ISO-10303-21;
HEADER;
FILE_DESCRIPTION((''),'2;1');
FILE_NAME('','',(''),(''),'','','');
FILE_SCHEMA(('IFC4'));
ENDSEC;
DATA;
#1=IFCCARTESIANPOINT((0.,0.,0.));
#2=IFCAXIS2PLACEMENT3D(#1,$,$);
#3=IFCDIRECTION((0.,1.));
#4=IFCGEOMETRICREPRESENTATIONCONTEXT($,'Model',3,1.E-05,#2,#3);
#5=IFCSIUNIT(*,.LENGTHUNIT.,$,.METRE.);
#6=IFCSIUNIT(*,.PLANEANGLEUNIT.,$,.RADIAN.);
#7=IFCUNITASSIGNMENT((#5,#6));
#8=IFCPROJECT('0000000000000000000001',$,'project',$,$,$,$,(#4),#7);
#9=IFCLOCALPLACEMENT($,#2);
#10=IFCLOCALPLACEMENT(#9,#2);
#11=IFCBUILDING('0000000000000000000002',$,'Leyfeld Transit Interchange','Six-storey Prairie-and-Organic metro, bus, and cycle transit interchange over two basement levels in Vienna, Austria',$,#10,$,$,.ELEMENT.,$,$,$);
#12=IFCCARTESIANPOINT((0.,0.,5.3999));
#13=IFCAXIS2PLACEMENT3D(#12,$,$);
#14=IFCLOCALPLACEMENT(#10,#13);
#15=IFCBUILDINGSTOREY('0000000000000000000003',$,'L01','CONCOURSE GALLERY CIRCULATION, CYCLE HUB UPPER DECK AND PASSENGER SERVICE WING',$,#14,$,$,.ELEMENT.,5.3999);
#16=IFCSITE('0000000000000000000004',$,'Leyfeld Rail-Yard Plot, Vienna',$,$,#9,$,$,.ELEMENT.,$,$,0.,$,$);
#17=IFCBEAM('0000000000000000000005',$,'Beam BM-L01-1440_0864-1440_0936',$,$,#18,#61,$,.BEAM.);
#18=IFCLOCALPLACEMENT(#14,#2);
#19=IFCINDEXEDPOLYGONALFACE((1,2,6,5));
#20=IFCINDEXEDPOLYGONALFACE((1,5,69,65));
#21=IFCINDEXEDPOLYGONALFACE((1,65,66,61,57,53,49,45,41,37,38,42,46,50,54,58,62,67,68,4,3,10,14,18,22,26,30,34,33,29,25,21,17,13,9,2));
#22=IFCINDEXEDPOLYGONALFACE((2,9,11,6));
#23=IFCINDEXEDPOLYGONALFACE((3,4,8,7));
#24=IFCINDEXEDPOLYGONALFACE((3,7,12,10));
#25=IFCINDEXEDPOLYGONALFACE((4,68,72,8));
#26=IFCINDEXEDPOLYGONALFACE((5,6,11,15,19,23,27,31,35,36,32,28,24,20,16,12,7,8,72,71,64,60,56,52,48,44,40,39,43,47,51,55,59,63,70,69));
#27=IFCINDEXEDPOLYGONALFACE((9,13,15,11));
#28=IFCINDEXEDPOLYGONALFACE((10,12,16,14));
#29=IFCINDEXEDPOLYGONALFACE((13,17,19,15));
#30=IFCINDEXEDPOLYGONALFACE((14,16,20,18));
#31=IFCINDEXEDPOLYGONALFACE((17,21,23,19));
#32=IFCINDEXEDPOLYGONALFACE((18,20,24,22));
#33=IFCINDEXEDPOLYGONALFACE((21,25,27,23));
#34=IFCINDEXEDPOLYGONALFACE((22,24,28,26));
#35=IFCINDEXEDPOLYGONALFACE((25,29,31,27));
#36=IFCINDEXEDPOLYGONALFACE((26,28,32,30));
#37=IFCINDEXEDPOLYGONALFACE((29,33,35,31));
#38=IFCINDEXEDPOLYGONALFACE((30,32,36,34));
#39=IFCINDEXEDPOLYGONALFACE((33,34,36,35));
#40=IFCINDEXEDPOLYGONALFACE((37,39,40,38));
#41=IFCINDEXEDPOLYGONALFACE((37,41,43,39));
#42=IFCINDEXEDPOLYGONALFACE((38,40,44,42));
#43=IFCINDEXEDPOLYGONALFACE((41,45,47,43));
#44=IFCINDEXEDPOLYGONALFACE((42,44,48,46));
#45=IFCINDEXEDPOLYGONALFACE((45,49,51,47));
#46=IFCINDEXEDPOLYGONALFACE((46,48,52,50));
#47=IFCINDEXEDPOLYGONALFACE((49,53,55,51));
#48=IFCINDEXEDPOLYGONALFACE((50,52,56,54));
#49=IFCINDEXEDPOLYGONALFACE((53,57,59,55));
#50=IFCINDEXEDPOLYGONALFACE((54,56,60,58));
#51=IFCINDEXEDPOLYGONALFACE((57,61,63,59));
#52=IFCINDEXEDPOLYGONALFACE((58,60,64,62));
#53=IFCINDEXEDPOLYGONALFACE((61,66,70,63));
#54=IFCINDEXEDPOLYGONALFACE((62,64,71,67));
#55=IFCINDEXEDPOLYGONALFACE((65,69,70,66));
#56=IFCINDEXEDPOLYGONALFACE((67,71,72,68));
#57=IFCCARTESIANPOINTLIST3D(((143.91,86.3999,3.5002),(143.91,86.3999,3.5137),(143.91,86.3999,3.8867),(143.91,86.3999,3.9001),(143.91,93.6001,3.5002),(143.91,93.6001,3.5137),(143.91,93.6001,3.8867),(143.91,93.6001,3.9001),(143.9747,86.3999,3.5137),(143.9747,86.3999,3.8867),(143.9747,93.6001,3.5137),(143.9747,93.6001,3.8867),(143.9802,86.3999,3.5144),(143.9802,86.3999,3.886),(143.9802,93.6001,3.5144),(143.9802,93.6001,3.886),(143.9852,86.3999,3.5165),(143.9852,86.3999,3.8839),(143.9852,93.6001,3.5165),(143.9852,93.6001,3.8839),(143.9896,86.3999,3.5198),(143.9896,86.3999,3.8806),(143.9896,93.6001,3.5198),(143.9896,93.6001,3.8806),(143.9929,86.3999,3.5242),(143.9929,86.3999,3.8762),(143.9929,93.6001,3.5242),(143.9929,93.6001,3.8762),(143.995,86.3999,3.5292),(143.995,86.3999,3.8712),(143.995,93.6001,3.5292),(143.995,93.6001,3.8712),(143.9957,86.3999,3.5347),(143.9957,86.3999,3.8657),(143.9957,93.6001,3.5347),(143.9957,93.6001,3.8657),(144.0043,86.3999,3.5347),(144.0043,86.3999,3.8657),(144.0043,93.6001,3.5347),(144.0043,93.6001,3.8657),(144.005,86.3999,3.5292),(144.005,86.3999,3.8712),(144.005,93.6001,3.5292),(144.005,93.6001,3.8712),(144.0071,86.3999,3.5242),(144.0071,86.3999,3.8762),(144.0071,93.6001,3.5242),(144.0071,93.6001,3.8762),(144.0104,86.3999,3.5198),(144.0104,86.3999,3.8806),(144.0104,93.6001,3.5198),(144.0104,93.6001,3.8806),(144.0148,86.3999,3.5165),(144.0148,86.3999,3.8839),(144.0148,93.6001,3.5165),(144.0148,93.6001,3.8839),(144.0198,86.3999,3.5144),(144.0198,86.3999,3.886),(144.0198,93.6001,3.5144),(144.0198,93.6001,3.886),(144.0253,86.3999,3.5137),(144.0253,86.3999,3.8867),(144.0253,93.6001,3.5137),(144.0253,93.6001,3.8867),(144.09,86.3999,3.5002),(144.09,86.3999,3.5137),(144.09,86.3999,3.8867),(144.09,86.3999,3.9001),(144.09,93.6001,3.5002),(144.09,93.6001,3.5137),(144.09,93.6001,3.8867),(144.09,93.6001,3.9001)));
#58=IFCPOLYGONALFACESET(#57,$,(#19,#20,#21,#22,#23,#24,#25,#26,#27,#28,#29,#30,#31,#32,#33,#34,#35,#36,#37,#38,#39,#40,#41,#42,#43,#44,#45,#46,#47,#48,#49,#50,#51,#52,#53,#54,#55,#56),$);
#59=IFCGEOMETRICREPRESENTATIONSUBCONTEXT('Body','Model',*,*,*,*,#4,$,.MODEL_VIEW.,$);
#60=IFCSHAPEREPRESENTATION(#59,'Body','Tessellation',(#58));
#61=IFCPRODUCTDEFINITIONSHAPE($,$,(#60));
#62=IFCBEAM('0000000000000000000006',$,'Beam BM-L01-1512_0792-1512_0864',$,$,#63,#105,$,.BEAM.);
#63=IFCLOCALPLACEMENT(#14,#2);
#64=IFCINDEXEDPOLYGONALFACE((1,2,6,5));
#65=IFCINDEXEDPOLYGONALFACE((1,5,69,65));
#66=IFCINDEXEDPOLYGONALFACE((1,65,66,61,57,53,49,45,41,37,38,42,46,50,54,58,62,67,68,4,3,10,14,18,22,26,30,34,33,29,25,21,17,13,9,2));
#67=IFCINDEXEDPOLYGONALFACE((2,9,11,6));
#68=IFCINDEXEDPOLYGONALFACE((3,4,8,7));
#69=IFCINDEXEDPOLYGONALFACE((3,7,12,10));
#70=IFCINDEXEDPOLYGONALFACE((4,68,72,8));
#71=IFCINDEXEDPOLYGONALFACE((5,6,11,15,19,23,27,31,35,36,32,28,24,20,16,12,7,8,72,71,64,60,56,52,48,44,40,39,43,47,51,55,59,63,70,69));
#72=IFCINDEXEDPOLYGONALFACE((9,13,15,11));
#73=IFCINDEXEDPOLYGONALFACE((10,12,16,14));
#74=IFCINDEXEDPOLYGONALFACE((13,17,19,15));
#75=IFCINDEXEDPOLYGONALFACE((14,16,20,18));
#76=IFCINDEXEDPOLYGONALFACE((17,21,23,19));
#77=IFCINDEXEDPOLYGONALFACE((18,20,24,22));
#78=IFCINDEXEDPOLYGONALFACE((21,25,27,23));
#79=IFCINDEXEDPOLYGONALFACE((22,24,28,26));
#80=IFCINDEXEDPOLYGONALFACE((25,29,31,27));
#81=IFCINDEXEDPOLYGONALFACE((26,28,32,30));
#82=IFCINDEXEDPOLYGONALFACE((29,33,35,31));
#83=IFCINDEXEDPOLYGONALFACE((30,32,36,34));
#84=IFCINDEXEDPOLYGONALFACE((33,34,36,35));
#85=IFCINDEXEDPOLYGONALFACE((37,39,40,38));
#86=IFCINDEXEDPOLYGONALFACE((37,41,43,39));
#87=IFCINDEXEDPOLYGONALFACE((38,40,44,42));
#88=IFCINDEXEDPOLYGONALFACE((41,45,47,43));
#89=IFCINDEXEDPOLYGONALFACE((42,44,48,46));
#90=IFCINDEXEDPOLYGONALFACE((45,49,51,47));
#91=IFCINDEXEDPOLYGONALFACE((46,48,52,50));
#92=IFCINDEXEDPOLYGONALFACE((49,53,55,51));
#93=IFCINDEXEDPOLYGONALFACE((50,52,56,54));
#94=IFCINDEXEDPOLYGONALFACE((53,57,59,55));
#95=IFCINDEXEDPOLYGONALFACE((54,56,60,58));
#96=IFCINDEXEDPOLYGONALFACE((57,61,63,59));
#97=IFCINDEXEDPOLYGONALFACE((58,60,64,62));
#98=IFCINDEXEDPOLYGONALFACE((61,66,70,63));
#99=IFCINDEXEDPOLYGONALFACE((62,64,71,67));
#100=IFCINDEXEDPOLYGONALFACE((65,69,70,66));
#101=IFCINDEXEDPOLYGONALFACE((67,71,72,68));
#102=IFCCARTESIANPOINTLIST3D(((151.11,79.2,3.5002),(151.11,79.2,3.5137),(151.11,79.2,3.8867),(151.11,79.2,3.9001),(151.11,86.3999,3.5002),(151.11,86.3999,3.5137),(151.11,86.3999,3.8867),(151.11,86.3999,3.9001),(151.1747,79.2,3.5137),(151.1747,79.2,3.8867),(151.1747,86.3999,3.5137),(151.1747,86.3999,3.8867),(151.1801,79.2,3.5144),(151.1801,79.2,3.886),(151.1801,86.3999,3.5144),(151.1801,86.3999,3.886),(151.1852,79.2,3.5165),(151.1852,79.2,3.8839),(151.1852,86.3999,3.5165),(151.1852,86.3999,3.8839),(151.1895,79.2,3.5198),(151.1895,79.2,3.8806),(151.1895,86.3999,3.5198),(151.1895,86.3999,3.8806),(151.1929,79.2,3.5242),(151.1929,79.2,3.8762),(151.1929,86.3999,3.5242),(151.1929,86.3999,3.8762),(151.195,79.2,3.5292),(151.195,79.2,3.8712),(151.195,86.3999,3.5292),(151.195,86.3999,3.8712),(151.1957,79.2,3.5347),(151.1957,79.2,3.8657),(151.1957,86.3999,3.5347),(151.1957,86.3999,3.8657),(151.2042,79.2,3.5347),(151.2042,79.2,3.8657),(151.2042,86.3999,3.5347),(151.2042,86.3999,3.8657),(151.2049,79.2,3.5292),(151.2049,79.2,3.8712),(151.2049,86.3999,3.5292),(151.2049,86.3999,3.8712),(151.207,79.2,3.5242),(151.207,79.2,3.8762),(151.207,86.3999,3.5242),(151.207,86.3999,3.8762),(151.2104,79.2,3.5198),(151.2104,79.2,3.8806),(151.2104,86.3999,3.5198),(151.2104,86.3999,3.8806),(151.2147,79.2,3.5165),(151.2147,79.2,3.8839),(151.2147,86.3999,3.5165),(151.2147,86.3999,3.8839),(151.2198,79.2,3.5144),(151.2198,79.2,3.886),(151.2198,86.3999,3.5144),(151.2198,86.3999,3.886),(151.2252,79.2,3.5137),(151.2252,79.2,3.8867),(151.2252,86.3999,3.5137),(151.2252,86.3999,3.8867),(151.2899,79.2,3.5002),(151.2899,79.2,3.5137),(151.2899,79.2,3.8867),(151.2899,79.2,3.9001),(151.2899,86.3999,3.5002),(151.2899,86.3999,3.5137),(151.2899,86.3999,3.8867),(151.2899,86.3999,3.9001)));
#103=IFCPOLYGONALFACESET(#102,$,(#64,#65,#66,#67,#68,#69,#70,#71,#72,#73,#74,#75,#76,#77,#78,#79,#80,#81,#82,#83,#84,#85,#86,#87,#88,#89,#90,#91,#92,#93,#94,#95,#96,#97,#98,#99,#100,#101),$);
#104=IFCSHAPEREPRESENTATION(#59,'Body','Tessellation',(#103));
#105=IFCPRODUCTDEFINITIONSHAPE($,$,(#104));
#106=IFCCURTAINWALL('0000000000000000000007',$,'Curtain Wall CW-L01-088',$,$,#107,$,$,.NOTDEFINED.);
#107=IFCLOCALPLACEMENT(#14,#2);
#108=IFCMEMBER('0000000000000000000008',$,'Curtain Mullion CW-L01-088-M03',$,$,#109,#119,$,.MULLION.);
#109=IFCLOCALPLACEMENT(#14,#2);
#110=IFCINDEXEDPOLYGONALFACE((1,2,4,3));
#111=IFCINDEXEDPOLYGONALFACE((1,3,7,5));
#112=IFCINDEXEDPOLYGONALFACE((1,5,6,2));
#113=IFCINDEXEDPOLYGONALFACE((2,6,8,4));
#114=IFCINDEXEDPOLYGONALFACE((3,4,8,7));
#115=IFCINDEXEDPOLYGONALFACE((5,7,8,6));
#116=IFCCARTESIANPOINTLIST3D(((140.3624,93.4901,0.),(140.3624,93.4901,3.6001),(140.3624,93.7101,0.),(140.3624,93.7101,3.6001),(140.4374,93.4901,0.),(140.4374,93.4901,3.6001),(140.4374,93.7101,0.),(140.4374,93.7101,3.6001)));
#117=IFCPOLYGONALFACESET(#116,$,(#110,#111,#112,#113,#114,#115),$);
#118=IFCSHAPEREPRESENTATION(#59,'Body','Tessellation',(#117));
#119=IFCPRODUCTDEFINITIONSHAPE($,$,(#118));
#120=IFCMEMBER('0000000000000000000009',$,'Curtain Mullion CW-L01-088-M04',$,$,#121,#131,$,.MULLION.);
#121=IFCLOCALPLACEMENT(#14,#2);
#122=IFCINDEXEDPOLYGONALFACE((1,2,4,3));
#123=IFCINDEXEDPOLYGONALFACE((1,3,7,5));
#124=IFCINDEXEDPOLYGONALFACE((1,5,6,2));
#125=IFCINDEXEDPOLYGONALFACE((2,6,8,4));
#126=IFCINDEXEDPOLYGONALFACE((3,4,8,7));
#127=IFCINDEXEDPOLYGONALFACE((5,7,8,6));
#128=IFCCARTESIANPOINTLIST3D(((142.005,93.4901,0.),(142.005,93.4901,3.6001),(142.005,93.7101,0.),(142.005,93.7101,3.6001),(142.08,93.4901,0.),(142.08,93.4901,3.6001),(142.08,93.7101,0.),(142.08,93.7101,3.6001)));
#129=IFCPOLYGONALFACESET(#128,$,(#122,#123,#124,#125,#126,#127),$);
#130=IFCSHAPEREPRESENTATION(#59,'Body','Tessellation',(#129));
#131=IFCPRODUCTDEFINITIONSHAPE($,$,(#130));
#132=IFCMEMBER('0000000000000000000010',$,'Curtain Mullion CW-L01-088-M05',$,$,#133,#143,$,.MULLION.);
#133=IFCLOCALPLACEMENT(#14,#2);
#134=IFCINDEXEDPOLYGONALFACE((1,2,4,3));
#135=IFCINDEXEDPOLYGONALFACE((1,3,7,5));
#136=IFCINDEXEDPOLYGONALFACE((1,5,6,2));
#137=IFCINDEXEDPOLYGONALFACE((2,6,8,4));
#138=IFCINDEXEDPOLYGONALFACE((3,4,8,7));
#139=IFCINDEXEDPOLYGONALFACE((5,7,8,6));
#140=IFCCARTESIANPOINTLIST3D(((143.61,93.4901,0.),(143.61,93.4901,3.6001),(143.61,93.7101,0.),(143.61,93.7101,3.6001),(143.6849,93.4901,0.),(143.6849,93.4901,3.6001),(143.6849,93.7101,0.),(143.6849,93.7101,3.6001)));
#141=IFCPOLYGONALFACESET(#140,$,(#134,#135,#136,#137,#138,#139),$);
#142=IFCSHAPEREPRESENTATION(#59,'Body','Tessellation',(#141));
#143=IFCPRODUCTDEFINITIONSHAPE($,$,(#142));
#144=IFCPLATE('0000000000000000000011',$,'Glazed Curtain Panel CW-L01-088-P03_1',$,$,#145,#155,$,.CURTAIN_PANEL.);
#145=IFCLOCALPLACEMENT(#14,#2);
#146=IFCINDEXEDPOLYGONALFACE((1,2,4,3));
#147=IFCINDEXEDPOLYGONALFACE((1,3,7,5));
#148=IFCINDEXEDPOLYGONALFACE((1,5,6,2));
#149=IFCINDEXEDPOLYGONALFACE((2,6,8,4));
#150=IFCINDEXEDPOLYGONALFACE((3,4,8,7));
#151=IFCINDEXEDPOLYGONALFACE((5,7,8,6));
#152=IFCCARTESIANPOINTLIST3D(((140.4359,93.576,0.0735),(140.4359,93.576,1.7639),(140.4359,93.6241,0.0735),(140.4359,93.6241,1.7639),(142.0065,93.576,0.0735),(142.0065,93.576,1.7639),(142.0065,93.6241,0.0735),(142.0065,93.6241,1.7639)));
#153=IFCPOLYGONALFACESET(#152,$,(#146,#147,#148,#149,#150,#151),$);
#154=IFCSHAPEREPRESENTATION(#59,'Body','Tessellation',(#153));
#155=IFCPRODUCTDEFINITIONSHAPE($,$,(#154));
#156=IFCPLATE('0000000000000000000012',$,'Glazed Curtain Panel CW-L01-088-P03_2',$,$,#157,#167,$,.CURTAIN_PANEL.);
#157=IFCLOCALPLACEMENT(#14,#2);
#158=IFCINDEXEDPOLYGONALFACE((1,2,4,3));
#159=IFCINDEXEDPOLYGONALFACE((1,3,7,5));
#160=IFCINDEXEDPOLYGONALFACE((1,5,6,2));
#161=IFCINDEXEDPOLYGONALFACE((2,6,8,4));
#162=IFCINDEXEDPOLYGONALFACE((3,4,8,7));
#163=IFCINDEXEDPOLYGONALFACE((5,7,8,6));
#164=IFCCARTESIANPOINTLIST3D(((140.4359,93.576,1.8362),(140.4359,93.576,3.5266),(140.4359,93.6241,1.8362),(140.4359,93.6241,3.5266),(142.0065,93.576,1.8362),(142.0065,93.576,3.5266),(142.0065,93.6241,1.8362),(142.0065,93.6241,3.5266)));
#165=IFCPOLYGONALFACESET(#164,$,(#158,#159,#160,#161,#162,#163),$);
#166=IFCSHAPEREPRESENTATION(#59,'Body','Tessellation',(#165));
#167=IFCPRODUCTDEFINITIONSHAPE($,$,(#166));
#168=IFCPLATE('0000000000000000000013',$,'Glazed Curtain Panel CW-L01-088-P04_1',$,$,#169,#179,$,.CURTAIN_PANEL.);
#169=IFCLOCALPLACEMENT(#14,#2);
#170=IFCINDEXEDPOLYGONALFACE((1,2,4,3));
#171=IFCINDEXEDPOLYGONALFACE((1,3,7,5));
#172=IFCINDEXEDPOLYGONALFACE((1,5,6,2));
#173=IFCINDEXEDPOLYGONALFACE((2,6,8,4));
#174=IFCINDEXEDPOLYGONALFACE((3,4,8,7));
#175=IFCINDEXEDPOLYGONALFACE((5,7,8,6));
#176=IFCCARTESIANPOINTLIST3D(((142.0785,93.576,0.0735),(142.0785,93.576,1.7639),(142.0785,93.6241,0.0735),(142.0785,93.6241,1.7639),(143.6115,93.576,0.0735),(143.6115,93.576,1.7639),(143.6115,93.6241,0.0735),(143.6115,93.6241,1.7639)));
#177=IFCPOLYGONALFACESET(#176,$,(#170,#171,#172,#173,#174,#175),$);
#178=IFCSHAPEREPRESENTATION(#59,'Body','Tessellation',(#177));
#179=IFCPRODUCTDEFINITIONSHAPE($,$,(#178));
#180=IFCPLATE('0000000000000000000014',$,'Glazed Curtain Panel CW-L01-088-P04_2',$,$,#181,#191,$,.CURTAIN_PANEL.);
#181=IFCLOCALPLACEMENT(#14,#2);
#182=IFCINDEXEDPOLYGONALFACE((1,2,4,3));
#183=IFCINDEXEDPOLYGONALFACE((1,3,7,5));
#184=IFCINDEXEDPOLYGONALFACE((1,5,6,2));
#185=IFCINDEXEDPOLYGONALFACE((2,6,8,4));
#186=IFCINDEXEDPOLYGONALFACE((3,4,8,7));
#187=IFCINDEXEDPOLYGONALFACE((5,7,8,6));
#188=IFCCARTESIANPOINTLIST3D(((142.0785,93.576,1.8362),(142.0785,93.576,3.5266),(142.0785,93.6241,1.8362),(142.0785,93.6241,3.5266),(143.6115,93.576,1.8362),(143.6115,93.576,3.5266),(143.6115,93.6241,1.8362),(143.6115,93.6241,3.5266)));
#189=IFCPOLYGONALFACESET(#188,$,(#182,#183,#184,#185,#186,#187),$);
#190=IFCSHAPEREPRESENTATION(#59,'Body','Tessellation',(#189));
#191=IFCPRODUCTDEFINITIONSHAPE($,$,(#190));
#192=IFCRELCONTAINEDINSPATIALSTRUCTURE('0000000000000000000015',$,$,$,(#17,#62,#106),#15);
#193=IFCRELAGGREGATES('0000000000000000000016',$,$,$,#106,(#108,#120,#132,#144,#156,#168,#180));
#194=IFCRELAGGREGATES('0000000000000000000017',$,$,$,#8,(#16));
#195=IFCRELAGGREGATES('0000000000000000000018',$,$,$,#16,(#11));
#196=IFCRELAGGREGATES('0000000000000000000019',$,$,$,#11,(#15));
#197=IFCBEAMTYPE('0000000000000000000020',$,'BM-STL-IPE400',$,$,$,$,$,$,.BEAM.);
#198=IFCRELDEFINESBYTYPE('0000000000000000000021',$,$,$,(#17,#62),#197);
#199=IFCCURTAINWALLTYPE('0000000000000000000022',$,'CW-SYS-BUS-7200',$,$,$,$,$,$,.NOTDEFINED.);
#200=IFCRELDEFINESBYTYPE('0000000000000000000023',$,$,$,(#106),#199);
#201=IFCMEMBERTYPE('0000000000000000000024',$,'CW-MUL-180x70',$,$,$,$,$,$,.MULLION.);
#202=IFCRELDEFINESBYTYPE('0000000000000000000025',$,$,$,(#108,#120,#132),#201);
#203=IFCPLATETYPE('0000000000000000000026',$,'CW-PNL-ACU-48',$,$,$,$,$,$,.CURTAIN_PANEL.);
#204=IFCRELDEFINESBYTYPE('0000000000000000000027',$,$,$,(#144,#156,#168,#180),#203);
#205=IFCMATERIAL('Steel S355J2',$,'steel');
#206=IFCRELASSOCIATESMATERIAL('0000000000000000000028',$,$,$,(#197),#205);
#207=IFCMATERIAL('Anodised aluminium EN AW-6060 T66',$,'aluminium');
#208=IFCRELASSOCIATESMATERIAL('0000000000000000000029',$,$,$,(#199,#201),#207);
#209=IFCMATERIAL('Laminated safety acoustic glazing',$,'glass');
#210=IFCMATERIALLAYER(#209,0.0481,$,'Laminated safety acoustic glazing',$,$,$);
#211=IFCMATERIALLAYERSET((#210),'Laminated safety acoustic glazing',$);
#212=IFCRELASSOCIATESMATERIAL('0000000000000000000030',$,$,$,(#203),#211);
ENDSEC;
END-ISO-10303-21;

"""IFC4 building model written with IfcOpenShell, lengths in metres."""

from ifc_helpers import new_model, si_unit, direction, frame, origin, origin_2d, place, context, subcontext, project, spatial, rectangle, i_section, extrude, material, layer, layer_set, material_profile, profile_set, type_object, element, aggregate, save


model = new_model("IFC4")

# Units and contexts
model_context = context("Model", 3, precision=1e-05, world=origin(), true_north=direction((0.0, 1.0)))
body_context = subcontext(model_context, "Body", "Model", "MODEL_VIEW")
ifc_project = project(units=[si_unit("LENGTHUNIT", "METRE"), si_unit("PLANEANGLEUNIT", "RADIAN")], contexts=[model_context])

# Site, building, storey
site_placement = place(None, origin())
site = spatial("IfcSite", under=ifc_project, at=site_placement, Name="Leyfeld Rail-Yard Plot, Vienna", CompositionType="ELEMENT", RefElevation=0.0)
building_placement = place(site_placement, origin())
building = spatial("IfcBuilding", under=site, at=building_placement, Name="Leyfeld Transit Interchange", Description="Six-storey Prairie-and-Organic metro, bus, and cycle transit interchange over two basement levels in Vienna, Austria", CompositionType="ELEMENT")
storey_placement = place(building_placement, frame((0.0, 0.0, 5.3999)))
storey = spatial("IfcBuildingStorey", under=building, at=storey_placement, Name="L01", Description="CONCOURSE GALLERY CIRCULATION, CYCLE HUB UPPER DECK AND PASSENGER SERVICE WING", CompositionType="ELEMENT", Elevation=5.3999)

# Beams
ifc_material_1 = material(Name="Steel S355J2", Category="steel")
ifc_material_profile_1 = material_profile(ifc_material_1, i_section(OverallWidth=0.1799, OverallDepth=0.3999, WebThickness=0.0085, FlangeThickness=0.0134, FilletRadius=0.021, at=origin_2d()), Name="IPE 400")
ifc_profile_set_1 = profile_set([ifc_material_profile_1], Name="Steel S355J2")
beam_type_1 = type_object("IfcBeamType", Name="BM-STL-IPE400", PredefinedType="BEAM", material=ifc_profile_set_1)
beam_1_placement = place(storey_placement, frame((144.0, 86.3999, 3.7002), z_axis=(0.0, 1.0, 0.0), x_axis=(-1.0, 0.0, 0.0)))
element("IfcBeam", 1, at=beam_1_placement, inside=storey, type_object=beam_type_1, Name="Beam BM-L01-1440_0864-1440_0936", PredefinedType="BEAM", context=body_context, shape_type="SweptSolid", body=[
    extrude(i_section(OverallWidth=0.1799, OverallDepth=0.3999, WebThickness=0.0085, FlangeThickness=0.0134, FilletRadius=0.021, at=origin_2d()), origin(), (0.0, 0.0, 1.0), 7.2002),
])
beam_2_placement = place(storey_placement, frame((151.2, 79.2, 3.7002), z_axis=(0.0, 1.0, 0.0), x_axis=(-1.0, 0.0, 0.0)))
element("IfcBeam", 2, at=beam_2_placement, inside=storey, type_object=beam_type_1, Name="Beam BM-L01-1512_0792-1512_0864", PredefinedType="BEAM", context=body_context, shape_type="SweptSolid", body=[
    extrude(i_section(OverallWidth=0.1799, OverallDepth=0.3999, WebThickness=0.0085, FlangeThickness=0.0134, FilletRadius=0.021, at=origin_2d()), origin(), (0.0, 0.0, 1.0), 7.2),
])

# Curtain wall, members, plates
ifc_material_2 = material(Name="Anodised aluminium EN AW-6060 T66", Category="aluminium")
curtain_wall_type = type_object("IfcCurtainWallType", Name="CW-SYS-BUS-7200", PredefinedType="NOTDEFINED", material=ifc_material_2)
curtain_wall_placement = place(storey_placement, origin())
curtain_wall = element("IfcCurtainWall", 3, at=curtain_wall_placement, inside=storey, type_object=curtain_wall_type, Name="Curtain Wall CW-L01-088", PredefinedType="NOTDEFINED")
ifc_material_profile_2 = material_profile(ifc_material_2, rectangle(XDim=0.075, YDim=0.22, at=origin_2d()), Name="CW-M 75x220")
ifc_profile_set_2 = profile_set([ifc_material_profile_2], Name="Anodised aluminium EN AW-6060 T66")
member_type = type_object("IfcMemberType", Name="CW-MUL-180x70", PredefinedType="MULLION", material=ifc_profile_set_2)
member_1_placement = place(storey_placement, frame((140.3999, 93.6001, 0.0), z_axis=(0.0, 0.0, 1.0), x_axis=(1.0, 0.0, 0.0)))
member_1 = element("IfcMember", 4, at=member_1_placement, type_object=member_type, Name="Curtain Mullion CW-L01-088-M03", PredefinedType="MULLION", context=body_context, shape_type="SweptSolid", body=[
    extrude(rectangle(XDim=0.075, YDim=0.22, at=origin_2d()), origin(), (0.0, 0.0, 1.0), 3.6001),
])
member_2_placement = place(storey_placement, frame((142.0425, 93.6001, 0.0), z_axis=(0.0, 0.0, 1.0), x_axis=(1.0, 0.0, 0.0)))
member_2 = element("IfcMember", 5, at=member_2_placement, type_object=member_type, Name="Curtain Mullion CW-L01-088-M04", PredefinedType="MULLION", context=body_context, shape_type="SweptSolid", body=[
    extrude(rectangle(XDim=0.075, YDim=0.22, at=origin_2d()), origin(), (0.0, 0.0, 1.0), 3.6001),
])
member_3_placement = place(storey_placement, frame((143.6475, 93.6001, 0.0), z_axis=(0.0, 0.0, 1.0), x_axis=(1.0, 0.0, 0.0)))
member_3 = element("IfcMember", 6, at=member_3_placement, type_object=member_type, Name="Curtain Mullion CW-L01-088-M05", PredefinedType="MULLION", context=body_context, shape_type="SweptSolid", body=[
    extrude(rectangle(XDim=0.075, YDim=0.22, at=origin_2d()), origin(), (0.0, 0.0, 1.0), 3.6001),
])
ifc_material_3 = material(Name="Laminated safety acoustic glazing", Category="glass")
ifc_layer_1 = layer(ifc_material_3, 0.0481, Name="Laminated safety acoustic glazing")
ifc_layer_set_1 = layer_set([ifc_layer_1], Name="Laminated safety acoustic glazing")
plate_type = type_object("IfcPlateType", Name="CW-PNL-ACU-48", PredefinedType="CURTAIN_PANEL", material=ifc_layer_set_1)
plate_1_placement = place(storey_placement, frame((141.2212, 93.6001, 0.0735), z_axis=(0.0, 0.0, 1.0), x_axis=(1.0, 0.0, 0.0)))
plate_1 = element("IfcPlate", 7, at=plate_1_placement, type_object=plate_type, Name="Glazed Curtain Panel CW-L01-088-P03_1", PredefinedType="CURTAIN_PANEL", context=body_context, shape_type="SweptSolid", body=[
    extrude(rectangle(XDim=1.5706, YDim=0.0481, at=origin_2d()), origin(), (0.0, 0.0, 1.0), 1.6904),
])
plate_2_placement = place(storey_placement, frame((141.2212, 93.6001, 1.8362), z_axis=(0.0, 0.0, 1.0), x_axis=(1.0, 0.0, 0.0)))
plate_2 = element("IfcPlate", 8, at=plate_2_placement, type_object=plate_type, Name="Glazed Curtain Panel CW-L01-088-P03_2", PredefinedType="CURTAIN_PANEL", context=body_context, shape_type="SweptSolid", body=[
    extrude(rectangle(XDim=1.5706, YDim=0.0481, at=origin_2d()), origin(), (0.0, 0.0, 1.0), 1.6904),
])
plate_3_placement = place(storey_placement, frame((142.845, 93.6001, 0.0735), z_axis=(0.0, 0.0, 1.0), x_axis=(1.0, 0.0, 0.0)))
plate_3 = element("IfcPlate", 9, at=plate_3_placement, type_object=plate_type, Name="Glazed Curtain Panel CW-L01-088-P04_1", PredefinedType="CURTAIN_PANEL", context=body_context, shape_type="SweptSolid", body=[
    extrude(rectangle(XDim=1.533, YDim=0.0481, at=origin_2d()), origin(), (0.0, 0.0, 1.0), 1.6904),
])
plate_4_placement = place(storey_placement, frame((142.845, 93.6001, 1.8362), z_axis=(0.0, 0.0, 1.0), x_axis=(1.0, 0.0, 0.0)))
plate_4 = element("IfcPlate", 10, at=plate_4_placement, type_object=plate_type, Name="Glazed Curtain Panel CW-L01-088-P04_2", PredefinedType="CURTAIN_PANEL", context=body_context, shape_type="SweptSolid", body=[
    extrude(rectangle(XDim=1.533, YDim=0.0481, at=origin_2d()), origin(), (0.0, 0.0, 1.0), 1.6904),
])
aggregate(curtain_wall, [member_1, member_2, member_3, plate_1, plate_2, plate_3, plate_4])

save(model, "model.ifc")
